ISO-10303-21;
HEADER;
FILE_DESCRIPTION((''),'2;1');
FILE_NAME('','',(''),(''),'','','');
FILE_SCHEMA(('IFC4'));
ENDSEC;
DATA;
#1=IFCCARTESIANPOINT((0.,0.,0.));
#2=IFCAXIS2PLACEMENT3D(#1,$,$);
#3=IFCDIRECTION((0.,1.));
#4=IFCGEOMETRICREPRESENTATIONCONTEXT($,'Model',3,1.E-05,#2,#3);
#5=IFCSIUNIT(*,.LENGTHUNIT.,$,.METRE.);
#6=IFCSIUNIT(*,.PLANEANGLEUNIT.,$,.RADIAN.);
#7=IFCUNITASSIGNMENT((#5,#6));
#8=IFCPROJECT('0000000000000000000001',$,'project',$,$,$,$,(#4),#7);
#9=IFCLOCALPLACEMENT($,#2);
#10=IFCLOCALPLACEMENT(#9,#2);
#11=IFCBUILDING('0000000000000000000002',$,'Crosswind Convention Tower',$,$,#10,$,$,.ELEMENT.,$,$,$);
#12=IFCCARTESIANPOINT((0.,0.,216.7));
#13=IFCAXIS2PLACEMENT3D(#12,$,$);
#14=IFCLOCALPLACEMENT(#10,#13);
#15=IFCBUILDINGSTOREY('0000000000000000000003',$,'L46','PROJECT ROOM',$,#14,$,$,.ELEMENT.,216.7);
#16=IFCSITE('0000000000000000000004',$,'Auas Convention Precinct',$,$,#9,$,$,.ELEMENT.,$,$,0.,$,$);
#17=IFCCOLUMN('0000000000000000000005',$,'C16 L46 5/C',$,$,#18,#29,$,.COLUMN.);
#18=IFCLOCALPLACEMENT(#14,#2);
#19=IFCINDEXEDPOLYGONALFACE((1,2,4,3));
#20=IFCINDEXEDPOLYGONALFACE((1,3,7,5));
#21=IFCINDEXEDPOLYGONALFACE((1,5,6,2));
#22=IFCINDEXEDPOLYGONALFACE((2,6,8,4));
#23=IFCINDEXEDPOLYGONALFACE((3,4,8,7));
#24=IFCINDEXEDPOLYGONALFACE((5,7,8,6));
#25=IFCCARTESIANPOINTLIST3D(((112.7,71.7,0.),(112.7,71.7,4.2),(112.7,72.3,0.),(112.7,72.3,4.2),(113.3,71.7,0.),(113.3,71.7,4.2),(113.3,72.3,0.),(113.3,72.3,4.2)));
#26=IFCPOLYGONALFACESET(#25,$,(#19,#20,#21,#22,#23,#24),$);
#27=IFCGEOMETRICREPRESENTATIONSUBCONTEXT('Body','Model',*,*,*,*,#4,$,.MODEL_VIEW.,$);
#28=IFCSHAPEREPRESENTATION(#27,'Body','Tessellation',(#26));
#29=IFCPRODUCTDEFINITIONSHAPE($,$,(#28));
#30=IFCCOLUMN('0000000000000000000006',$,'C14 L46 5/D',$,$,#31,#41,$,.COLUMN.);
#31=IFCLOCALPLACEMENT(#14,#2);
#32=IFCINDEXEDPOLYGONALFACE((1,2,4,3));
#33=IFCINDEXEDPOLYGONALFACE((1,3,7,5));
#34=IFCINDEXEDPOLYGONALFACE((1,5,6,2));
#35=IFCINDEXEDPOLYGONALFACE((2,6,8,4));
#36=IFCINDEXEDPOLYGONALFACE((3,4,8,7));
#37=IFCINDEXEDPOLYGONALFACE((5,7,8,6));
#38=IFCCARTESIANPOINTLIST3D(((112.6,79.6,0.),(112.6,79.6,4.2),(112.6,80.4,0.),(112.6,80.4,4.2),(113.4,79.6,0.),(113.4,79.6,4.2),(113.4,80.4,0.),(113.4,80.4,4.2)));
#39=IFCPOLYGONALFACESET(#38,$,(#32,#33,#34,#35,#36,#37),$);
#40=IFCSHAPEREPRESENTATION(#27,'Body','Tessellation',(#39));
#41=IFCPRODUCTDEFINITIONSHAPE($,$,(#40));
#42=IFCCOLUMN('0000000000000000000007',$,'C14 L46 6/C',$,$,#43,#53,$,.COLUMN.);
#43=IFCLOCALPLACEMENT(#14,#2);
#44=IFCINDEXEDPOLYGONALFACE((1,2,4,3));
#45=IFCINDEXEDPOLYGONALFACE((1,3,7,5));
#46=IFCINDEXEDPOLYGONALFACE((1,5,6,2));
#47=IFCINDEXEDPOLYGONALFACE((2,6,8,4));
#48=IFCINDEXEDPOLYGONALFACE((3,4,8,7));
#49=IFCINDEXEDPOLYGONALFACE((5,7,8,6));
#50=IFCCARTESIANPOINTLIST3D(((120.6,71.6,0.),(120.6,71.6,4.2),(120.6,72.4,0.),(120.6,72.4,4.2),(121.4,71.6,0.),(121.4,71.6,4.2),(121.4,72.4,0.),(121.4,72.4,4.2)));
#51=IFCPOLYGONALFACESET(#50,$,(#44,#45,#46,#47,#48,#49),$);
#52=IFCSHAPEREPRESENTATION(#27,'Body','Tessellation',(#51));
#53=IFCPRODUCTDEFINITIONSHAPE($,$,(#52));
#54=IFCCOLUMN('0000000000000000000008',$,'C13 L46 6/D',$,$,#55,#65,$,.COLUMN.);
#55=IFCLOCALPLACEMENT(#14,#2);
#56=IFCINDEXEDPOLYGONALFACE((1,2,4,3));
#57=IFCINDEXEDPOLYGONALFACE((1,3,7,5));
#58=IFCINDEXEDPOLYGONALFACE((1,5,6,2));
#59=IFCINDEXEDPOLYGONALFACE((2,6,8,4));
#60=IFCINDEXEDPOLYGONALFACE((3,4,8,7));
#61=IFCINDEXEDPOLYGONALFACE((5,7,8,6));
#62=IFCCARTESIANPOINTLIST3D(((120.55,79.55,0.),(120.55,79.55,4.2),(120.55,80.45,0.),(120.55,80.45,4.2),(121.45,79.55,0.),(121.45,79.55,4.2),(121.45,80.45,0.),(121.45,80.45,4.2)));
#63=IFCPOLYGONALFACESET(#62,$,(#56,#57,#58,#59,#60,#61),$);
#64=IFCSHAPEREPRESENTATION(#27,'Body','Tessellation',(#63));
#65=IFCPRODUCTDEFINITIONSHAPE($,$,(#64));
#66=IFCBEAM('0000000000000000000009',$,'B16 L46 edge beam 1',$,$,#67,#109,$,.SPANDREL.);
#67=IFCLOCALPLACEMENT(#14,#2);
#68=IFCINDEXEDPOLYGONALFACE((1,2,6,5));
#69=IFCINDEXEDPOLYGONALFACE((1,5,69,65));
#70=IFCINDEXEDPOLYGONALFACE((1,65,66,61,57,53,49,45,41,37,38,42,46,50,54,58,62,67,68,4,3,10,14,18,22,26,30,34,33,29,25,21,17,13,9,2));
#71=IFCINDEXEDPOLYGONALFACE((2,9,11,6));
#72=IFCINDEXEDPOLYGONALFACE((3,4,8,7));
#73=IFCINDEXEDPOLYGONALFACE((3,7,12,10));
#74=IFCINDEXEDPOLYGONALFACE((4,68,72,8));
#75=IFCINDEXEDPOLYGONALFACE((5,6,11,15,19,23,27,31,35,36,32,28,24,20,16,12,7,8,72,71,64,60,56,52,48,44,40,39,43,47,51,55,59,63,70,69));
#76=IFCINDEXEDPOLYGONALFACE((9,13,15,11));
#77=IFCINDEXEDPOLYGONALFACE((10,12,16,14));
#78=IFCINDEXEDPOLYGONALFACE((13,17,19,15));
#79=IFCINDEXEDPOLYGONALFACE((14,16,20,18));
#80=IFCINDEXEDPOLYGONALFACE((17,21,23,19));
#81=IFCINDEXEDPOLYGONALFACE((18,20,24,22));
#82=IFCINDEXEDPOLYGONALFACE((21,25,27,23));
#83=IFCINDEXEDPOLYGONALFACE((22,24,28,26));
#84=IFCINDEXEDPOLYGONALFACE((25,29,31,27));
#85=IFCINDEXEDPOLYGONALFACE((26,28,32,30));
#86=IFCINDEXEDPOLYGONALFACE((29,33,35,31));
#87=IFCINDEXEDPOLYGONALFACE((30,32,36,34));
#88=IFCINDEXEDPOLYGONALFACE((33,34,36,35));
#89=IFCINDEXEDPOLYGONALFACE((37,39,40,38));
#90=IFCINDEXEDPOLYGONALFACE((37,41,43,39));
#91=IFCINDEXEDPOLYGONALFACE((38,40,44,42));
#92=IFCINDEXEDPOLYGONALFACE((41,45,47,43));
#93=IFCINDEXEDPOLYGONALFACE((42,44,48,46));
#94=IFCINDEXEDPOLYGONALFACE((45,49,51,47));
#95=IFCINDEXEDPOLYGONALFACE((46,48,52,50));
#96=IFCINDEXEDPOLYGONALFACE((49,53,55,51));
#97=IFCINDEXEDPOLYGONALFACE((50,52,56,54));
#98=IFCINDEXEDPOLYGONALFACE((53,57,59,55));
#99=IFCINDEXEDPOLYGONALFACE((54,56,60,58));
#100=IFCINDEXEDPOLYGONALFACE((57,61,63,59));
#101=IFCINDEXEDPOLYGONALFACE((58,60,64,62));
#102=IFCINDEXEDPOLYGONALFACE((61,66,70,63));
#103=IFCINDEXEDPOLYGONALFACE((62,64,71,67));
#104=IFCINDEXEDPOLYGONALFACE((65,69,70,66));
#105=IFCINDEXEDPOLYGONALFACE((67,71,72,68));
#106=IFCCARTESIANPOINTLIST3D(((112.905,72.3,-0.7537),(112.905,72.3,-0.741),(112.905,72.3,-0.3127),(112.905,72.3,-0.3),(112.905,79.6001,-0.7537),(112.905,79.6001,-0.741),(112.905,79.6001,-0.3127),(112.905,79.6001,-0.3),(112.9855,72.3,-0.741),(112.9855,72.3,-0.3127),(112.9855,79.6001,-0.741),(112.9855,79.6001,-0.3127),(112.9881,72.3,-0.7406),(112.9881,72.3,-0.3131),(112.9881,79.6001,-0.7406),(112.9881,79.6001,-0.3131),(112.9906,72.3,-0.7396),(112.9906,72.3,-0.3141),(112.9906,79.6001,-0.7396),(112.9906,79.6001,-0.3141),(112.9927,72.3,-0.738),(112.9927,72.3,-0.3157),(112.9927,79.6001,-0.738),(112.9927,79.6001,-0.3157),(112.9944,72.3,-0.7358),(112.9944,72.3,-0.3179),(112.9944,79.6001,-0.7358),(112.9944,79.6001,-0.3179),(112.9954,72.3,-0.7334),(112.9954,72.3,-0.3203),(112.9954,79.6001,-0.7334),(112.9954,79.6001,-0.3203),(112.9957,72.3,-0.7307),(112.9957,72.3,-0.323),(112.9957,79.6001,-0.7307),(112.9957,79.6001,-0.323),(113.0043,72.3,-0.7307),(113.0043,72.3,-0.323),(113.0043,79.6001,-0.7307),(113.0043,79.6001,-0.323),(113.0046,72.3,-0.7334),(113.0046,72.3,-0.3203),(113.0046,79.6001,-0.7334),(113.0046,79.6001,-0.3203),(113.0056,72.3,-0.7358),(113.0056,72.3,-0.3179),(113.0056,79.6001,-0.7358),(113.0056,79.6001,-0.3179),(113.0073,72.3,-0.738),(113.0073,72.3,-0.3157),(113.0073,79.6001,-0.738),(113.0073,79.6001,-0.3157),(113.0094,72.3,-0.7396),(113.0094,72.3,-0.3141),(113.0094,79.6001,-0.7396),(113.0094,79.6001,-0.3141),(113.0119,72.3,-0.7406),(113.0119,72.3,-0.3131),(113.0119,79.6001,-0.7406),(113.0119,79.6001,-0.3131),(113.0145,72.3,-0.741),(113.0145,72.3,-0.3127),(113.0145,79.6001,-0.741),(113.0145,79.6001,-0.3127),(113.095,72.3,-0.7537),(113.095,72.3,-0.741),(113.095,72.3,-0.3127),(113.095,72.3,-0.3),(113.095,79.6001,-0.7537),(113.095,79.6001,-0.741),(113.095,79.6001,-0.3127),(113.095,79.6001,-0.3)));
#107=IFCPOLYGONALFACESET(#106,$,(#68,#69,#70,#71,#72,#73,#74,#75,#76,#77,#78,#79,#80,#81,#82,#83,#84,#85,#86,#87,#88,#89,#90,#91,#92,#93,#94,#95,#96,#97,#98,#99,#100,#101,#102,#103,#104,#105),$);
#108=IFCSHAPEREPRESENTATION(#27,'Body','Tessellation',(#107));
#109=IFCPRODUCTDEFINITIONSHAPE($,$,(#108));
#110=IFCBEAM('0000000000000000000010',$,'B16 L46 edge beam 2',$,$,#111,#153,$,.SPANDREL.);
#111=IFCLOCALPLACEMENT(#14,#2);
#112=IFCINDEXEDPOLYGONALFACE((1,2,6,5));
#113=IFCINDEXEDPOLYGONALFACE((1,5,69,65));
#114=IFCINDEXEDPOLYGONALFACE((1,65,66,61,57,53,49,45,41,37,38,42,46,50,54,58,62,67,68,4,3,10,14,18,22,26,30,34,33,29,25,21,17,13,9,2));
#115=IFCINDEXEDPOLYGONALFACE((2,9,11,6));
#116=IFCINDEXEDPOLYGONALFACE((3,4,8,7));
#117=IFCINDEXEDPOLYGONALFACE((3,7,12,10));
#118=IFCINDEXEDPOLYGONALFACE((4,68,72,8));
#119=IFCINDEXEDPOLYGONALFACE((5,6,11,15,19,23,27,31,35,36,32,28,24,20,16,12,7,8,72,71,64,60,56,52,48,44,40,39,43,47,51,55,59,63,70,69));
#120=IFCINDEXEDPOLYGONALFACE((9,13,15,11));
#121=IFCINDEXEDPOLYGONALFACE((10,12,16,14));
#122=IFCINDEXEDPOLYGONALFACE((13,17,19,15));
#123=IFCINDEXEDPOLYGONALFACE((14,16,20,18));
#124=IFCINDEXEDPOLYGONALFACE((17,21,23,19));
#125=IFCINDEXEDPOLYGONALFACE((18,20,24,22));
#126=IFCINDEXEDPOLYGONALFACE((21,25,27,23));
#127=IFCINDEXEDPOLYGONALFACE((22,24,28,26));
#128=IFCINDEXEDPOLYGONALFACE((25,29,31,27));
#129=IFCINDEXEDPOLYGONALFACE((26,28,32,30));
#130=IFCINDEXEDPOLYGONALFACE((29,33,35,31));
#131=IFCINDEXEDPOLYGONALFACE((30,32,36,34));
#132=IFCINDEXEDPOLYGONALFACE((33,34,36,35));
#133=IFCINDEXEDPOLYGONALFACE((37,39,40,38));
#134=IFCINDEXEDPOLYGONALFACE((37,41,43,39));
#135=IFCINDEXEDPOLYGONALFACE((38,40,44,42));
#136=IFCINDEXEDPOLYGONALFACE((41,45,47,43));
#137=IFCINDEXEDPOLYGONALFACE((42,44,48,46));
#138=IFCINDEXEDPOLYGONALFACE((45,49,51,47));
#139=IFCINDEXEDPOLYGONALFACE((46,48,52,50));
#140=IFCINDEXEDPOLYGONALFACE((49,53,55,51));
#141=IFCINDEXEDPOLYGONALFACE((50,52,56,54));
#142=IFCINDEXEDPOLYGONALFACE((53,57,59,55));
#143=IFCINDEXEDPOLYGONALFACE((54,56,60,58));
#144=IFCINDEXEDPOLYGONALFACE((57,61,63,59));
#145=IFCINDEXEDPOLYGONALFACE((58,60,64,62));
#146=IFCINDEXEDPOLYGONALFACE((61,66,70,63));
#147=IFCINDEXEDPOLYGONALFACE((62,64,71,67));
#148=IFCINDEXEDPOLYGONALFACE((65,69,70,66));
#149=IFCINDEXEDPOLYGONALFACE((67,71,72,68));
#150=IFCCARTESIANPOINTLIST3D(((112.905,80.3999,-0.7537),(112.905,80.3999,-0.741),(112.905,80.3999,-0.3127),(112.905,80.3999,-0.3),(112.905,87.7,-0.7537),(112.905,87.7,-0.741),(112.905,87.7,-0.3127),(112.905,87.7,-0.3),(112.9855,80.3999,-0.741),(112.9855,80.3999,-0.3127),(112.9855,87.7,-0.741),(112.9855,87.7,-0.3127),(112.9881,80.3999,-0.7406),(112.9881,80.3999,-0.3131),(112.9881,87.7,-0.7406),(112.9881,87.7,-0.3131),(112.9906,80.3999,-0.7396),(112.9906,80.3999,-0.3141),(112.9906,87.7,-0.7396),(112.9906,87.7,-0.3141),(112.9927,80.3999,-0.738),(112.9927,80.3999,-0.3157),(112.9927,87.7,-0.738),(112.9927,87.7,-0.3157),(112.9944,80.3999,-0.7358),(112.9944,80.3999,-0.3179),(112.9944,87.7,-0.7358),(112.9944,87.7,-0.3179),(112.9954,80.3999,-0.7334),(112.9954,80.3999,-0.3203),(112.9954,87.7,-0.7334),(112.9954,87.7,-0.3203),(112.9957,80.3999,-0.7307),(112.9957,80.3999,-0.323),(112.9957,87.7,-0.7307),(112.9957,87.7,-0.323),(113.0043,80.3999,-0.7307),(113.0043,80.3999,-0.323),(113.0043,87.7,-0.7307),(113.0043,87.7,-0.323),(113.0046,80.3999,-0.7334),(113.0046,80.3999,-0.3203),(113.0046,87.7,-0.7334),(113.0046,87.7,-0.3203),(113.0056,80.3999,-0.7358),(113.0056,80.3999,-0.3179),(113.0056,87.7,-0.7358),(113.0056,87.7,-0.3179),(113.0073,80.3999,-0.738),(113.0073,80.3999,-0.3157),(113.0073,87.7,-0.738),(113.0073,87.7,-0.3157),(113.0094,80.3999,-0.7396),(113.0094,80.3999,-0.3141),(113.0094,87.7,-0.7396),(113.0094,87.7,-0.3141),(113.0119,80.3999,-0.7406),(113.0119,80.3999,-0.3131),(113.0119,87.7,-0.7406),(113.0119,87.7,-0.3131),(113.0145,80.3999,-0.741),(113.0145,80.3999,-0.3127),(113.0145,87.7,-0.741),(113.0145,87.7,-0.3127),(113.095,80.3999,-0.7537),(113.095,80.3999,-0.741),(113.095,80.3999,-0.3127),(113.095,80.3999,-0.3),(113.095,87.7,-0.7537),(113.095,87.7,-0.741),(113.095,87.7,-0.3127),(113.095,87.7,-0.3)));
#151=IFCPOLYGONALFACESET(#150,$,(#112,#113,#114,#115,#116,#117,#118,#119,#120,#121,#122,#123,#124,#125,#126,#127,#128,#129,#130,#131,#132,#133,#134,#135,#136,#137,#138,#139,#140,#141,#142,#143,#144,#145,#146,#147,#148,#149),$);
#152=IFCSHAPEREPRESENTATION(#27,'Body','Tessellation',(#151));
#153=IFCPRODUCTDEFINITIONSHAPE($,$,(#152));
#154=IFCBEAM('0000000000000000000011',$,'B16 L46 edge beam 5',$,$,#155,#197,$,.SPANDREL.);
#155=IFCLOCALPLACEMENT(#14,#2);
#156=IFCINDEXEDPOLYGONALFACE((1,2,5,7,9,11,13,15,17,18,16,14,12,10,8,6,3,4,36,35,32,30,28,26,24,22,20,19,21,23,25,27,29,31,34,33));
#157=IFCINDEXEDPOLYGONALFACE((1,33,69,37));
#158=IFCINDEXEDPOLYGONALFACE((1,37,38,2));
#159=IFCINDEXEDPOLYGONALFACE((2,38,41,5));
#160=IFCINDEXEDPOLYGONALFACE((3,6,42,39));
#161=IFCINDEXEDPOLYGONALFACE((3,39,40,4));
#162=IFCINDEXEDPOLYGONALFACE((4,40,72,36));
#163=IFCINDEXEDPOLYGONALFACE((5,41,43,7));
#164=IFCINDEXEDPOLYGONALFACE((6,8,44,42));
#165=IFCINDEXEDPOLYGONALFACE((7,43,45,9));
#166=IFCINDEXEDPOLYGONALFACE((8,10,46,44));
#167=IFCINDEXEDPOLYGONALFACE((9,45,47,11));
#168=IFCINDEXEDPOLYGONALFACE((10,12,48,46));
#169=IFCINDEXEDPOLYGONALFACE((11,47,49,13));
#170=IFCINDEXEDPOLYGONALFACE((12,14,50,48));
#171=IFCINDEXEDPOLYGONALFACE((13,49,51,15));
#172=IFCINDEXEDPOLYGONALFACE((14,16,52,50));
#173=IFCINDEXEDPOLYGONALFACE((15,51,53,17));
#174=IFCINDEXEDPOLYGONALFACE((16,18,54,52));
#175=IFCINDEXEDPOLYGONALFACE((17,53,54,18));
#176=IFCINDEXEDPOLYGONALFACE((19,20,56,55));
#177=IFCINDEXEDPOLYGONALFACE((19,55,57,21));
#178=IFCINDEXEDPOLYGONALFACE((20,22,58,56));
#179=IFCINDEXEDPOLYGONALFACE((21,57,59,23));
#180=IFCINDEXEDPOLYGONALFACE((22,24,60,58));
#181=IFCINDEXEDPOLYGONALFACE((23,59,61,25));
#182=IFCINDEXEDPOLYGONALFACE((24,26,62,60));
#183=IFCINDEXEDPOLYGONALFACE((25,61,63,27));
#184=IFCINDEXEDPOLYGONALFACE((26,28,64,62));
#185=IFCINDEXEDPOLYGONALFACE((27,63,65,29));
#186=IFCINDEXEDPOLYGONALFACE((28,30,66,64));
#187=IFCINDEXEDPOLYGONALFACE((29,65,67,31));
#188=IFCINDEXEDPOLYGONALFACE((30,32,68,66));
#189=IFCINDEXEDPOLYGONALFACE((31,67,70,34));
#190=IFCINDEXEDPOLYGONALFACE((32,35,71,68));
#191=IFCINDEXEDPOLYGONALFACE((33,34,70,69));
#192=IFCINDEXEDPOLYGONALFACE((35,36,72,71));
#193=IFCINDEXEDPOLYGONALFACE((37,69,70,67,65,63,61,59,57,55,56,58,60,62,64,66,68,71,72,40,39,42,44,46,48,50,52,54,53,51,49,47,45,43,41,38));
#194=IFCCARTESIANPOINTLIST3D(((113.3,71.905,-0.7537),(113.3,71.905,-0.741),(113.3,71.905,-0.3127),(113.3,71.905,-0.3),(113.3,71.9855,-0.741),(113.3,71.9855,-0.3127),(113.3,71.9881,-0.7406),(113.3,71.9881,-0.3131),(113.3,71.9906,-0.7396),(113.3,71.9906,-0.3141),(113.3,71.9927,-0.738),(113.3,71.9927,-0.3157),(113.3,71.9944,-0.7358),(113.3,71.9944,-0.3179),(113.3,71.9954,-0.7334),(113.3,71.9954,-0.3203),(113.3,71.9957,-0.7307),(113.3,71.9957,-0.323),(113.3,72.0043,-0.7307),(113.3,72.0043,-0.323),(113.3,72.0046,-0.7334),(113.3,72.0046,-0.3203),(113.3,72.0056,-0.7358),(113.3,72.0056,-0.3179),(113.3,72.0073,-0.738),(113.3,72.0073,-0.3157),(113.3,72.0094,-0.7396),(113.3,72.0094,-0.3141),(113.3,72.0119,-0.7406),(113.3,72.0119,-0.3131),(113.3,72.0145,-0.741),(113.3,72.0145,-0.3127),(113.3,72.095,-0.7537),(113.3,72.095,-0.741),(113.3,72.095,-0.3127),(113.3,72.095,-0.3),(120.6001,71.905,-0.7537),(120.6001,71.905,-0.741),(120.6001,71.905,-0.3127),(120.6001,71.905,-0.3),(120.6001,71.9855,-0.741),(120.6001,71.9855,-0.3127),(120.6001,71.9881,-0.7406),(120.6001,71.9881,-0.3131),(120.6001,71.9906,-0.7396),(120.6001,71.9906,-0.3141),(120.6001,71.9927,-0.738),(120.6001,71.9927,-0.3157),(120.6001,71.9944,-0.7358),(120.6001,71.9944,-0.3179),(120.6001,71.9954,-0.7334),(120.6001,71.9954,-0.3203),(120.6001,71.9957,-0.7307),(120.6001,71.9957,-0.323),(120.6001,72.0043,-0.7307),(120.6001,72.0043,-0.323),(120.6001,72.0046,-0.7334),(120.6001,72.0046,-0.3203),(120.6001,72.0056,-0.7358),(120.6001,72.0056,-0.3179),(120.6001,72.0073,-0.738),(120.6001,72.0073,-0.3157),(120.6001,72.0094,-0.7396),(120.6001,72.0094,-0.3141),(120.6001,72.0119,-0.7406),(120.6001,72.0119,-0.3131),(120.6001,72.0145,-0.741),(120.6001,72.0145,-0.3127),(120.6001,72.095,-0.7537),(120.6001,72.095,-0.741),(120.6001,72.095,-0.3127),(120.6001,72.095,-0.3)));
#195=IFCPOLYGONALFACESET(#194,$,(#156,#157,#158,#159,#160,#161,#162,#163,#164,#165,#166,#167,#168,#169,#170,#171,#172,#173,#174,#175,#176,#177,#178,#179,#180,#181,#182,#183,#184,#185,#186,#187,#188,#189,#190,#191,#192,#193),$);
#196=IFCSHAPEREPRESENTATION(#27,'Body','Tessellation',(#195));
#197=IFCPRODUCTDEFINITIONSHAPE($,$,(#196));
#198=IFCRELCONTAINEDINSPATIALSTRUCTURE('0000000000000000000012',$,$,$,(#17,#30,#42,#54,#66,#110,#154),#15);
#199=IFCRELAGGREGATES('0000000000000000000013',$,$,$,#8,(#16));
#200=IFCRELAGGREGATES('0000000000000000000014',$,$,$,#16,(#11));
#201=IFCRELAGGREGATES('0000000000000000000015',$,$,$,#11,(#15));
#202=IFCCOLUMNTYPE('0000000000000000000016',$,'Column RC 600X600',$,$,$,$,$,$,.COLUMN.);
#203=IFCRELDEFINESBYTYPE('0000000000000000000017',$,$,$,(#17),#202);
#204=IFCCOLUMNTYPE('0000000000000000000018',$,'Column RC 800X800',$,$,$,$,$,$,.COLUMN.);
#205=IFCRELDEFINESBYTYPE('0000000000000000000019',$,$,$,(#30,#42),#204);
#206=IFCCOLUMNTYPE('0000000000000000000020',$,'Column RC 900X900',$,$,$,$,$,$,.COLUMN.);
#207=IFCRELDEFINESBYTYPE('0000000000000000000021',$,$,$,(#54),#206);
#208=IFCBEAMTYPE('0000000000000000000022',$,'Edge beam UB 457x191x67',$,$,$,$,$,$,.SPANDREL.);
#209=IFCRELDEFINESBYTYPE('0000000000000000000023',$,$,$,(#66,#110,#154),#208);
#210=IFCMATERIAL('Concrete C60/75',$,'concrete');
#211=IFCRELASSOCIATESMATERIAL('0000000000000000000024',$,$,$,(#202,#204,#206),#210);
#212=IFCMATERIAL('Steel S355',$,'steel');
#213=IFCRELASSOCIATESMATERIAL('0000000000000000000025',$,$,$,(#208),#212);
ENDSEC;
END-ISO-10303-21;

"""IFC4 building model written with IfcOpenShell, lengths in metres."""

from ifc_helpers import new_model, si_unit, direction, frame, origin, origin_2d, place, context, subcontext, project, spatial, rectangle, i_section, extrude, material, material_profile, profile_set, type_object, element, save


model = new_model("IFC4")

# Units and contexts
model_context = context("Model", 3, precision=1e-05, world=origin(), true_north=direction((0.0, 1.0)))
body_context = subcontext(model_context, "Body", "Model", "MODEL_VIEW")
ifc_project = project(units=[si_unit("LENGTHUNIT", "METRE"), si_unit("PLANEANGLEUNIT", "RADIAN")], contexts=[model_context])

# Site, building, storey
site_placement = place(None, origin())
site = spatial("IfcSite", under=ifc_project, at=site_placement, Name="Auas Convention Precinct", CompositionType="ELEMENT", RefElevation=0.0)
building_placement = place(site_placement, origin())
building = spatial("IfcBuilding", under=site, at=building_placement, Name="Crosswind Convention Tower", CompositionType="ELEMENT")
storey_placement = place(building_placement, frame((0.0, 0.0, 216.7)))
storey = spatial("IfcBuildingStorey", under=building, at=storey_placement, Name="L46", Description="PROJECT ROOM", CompositionType="ELEMENT", Elevation=216.7)

# Columns
ifc_material_1 = material(Name="Concrete C60/75", Category="concrete")
ifc_material_profile_1 = material_profile(ifc_material_1, rectangle(XDim=0.6001, YDim=0.6001, at=origin_2d()), Name="RC 600X600")
ifc_profile_set_1 = profile_set([ifc_material_profile_1], Name="Concrete C60/75")
column_type_1 = type_object("IfcColumnType", Name="Column RC 600X600", PredefinedType="COLUMN", material=ifc_profile_set_1)
column_1_placement = place(storey_placement, frame((113.0, 72.0, 0.0), z_axis=(0.0, 0.0, 1.0), x_axis=(1.0, 0.0, 0.0)))
element("IfcColumn", 1, at=column_1_placement, inside=storey, type_object=column_type_1, Name="C16 L46 5/C", PredefinedType="COLUMN", context=body_context, shape_type="SweptSolid", body=[
    extrude(rectangle(XDim=0.6001, YDim=0.6001, at=origin_2d()), origin(), (0.0, 0.0, 1.0), 4.2),
])
ifc_material_profile_2 = material_profile(ifc_material_1, rectangle(XDim=0.8, YDim=0.8, at=origin_2d()), Name="RC 800X800")
ifc_profile_set_2 = profile_set([ifc_material_profile_2], Name="Concrete C60/75")
column_type_2 = type_object("IfcColumnType", Name="Column RC 800X800", PredefinedType="COLUMN", material=ifc_profile_set_2)
for number, where, z_axis, x_axis, name in (
    (2, (113.0, 80.0, 0.0), (0.0, 0.0, 1.0), (1.0, 0.0, 0.0), "C14 L46 5/D"),
    (3, (121.0, 72.0, 0.0), (0.0, 0.0, 1.0), (1.0, 0.0, 0.0), "C14 L46 6/C"),
):
    element("IfcColumn", number, at=place(storey_placement, frame(where, z_axis=z_axis, x_axis=x_axis)), inside=storey, type_object=column_type_2, Name=name, PredefinedType="COLUMN", context=body_context, shape_type="SweptSolid", body=[
        extrude(rectangle(XDim=0.8, YDim=0.8, at=origin_2d()), origin(), (0.0, 0.0, 1.0), 4.2),
    ])
ifc_material_profile_3 = material_profile(ifc_material_1, rectangle(XDim=0.8999, YDim=0.8999, at=origin_2d()), Name="RC 900X900")
ifc_profile_set_3 = profile_set([ifc_material_profile_3], Name="Concrete C60/75")
column_type_3 = type_object("IfcColumnType", Name="Column RC 900X900", PredefinedType="COLUMN", material=ifc_profile_set_3)
column_2_placement = place(storey_placement, frame((121.0, 80.0, 0.0), z_axis=(0.0, 0.0, 1.0), x_axis=(1.0, 0.0, 0.0)))
element("IfcColumn", 4, at=column_2_placement, inside=storey, type_object=column_type_3, Name="C13 L46 6/D", PredefinedType="COLUMN", context=body_context, shape_type="SweptSolid", body=[
    extrude(rectangle(XDim=0.8999, YDim=0.8999, at=origin_2d()), origin(), (0.0, 0.0, 1.0), 4.2),
])

# Beams
ifc_material_2 = material(Name="Steel S355", Category="steel")
ifc_material_profile_4 = material_profile(ifc_material_2, i_section(OverallWidth=0.1899, OverallDepth=0.4536, WebThickness=0.0085, FlangeThickness=0.0127, FilletRadius=0.0103, at=origin_2d()), Name="UB 457x191x67")
ifc_profile_set_4 = profile_set([ifc_material_profile_4], Name="Steel S355")
beam_type_1 = type_object("IfcBeamType", Name="Edge beam UB 457x191x67", PredefinedType="SPANDREL", material=ifc_profile_set_4)
for number, where, z_axis, x_axis, name in (
    (5, (113.0, 72.3, -0.5269), (0.0, 1.0, 0.0), (-1.0, 0.0, 0.0), "B16 L46 edge beam 1"),
    (6, (113.0, 80.3999, -0.5269), (0.0, 1.0, 0.0), (-1.0, 0.0, 0.0), "B16 L46 edge beam 2"),
    (7, (113.3, 72.0, -0.5269), (1.0, 0.0, 0.0), (0.0, 1.0, 0.0), "B16 L46 edge beam 5"),
):
    element("IfcBeam", number, at=place(storey_placement, frame(where, z_axis=z_axis, x_axis=x_axis)), inside=storey, type_object=beam_type_1, Name=name, PredefinedType="SPANDREL", context=body_context, shape_type="SweptSolid", body=[
        extrude(i_section(OverallWidth=0.1899, OverallDepth=0.4536, WebThickness=0.0085, FlangeThickness=0.0127, FilletRadius=0.0103, at=origin_2d()), origin(), (0.0, 0.0, 1.0), 7.3),
    ])

save(model, "model.ifc")
